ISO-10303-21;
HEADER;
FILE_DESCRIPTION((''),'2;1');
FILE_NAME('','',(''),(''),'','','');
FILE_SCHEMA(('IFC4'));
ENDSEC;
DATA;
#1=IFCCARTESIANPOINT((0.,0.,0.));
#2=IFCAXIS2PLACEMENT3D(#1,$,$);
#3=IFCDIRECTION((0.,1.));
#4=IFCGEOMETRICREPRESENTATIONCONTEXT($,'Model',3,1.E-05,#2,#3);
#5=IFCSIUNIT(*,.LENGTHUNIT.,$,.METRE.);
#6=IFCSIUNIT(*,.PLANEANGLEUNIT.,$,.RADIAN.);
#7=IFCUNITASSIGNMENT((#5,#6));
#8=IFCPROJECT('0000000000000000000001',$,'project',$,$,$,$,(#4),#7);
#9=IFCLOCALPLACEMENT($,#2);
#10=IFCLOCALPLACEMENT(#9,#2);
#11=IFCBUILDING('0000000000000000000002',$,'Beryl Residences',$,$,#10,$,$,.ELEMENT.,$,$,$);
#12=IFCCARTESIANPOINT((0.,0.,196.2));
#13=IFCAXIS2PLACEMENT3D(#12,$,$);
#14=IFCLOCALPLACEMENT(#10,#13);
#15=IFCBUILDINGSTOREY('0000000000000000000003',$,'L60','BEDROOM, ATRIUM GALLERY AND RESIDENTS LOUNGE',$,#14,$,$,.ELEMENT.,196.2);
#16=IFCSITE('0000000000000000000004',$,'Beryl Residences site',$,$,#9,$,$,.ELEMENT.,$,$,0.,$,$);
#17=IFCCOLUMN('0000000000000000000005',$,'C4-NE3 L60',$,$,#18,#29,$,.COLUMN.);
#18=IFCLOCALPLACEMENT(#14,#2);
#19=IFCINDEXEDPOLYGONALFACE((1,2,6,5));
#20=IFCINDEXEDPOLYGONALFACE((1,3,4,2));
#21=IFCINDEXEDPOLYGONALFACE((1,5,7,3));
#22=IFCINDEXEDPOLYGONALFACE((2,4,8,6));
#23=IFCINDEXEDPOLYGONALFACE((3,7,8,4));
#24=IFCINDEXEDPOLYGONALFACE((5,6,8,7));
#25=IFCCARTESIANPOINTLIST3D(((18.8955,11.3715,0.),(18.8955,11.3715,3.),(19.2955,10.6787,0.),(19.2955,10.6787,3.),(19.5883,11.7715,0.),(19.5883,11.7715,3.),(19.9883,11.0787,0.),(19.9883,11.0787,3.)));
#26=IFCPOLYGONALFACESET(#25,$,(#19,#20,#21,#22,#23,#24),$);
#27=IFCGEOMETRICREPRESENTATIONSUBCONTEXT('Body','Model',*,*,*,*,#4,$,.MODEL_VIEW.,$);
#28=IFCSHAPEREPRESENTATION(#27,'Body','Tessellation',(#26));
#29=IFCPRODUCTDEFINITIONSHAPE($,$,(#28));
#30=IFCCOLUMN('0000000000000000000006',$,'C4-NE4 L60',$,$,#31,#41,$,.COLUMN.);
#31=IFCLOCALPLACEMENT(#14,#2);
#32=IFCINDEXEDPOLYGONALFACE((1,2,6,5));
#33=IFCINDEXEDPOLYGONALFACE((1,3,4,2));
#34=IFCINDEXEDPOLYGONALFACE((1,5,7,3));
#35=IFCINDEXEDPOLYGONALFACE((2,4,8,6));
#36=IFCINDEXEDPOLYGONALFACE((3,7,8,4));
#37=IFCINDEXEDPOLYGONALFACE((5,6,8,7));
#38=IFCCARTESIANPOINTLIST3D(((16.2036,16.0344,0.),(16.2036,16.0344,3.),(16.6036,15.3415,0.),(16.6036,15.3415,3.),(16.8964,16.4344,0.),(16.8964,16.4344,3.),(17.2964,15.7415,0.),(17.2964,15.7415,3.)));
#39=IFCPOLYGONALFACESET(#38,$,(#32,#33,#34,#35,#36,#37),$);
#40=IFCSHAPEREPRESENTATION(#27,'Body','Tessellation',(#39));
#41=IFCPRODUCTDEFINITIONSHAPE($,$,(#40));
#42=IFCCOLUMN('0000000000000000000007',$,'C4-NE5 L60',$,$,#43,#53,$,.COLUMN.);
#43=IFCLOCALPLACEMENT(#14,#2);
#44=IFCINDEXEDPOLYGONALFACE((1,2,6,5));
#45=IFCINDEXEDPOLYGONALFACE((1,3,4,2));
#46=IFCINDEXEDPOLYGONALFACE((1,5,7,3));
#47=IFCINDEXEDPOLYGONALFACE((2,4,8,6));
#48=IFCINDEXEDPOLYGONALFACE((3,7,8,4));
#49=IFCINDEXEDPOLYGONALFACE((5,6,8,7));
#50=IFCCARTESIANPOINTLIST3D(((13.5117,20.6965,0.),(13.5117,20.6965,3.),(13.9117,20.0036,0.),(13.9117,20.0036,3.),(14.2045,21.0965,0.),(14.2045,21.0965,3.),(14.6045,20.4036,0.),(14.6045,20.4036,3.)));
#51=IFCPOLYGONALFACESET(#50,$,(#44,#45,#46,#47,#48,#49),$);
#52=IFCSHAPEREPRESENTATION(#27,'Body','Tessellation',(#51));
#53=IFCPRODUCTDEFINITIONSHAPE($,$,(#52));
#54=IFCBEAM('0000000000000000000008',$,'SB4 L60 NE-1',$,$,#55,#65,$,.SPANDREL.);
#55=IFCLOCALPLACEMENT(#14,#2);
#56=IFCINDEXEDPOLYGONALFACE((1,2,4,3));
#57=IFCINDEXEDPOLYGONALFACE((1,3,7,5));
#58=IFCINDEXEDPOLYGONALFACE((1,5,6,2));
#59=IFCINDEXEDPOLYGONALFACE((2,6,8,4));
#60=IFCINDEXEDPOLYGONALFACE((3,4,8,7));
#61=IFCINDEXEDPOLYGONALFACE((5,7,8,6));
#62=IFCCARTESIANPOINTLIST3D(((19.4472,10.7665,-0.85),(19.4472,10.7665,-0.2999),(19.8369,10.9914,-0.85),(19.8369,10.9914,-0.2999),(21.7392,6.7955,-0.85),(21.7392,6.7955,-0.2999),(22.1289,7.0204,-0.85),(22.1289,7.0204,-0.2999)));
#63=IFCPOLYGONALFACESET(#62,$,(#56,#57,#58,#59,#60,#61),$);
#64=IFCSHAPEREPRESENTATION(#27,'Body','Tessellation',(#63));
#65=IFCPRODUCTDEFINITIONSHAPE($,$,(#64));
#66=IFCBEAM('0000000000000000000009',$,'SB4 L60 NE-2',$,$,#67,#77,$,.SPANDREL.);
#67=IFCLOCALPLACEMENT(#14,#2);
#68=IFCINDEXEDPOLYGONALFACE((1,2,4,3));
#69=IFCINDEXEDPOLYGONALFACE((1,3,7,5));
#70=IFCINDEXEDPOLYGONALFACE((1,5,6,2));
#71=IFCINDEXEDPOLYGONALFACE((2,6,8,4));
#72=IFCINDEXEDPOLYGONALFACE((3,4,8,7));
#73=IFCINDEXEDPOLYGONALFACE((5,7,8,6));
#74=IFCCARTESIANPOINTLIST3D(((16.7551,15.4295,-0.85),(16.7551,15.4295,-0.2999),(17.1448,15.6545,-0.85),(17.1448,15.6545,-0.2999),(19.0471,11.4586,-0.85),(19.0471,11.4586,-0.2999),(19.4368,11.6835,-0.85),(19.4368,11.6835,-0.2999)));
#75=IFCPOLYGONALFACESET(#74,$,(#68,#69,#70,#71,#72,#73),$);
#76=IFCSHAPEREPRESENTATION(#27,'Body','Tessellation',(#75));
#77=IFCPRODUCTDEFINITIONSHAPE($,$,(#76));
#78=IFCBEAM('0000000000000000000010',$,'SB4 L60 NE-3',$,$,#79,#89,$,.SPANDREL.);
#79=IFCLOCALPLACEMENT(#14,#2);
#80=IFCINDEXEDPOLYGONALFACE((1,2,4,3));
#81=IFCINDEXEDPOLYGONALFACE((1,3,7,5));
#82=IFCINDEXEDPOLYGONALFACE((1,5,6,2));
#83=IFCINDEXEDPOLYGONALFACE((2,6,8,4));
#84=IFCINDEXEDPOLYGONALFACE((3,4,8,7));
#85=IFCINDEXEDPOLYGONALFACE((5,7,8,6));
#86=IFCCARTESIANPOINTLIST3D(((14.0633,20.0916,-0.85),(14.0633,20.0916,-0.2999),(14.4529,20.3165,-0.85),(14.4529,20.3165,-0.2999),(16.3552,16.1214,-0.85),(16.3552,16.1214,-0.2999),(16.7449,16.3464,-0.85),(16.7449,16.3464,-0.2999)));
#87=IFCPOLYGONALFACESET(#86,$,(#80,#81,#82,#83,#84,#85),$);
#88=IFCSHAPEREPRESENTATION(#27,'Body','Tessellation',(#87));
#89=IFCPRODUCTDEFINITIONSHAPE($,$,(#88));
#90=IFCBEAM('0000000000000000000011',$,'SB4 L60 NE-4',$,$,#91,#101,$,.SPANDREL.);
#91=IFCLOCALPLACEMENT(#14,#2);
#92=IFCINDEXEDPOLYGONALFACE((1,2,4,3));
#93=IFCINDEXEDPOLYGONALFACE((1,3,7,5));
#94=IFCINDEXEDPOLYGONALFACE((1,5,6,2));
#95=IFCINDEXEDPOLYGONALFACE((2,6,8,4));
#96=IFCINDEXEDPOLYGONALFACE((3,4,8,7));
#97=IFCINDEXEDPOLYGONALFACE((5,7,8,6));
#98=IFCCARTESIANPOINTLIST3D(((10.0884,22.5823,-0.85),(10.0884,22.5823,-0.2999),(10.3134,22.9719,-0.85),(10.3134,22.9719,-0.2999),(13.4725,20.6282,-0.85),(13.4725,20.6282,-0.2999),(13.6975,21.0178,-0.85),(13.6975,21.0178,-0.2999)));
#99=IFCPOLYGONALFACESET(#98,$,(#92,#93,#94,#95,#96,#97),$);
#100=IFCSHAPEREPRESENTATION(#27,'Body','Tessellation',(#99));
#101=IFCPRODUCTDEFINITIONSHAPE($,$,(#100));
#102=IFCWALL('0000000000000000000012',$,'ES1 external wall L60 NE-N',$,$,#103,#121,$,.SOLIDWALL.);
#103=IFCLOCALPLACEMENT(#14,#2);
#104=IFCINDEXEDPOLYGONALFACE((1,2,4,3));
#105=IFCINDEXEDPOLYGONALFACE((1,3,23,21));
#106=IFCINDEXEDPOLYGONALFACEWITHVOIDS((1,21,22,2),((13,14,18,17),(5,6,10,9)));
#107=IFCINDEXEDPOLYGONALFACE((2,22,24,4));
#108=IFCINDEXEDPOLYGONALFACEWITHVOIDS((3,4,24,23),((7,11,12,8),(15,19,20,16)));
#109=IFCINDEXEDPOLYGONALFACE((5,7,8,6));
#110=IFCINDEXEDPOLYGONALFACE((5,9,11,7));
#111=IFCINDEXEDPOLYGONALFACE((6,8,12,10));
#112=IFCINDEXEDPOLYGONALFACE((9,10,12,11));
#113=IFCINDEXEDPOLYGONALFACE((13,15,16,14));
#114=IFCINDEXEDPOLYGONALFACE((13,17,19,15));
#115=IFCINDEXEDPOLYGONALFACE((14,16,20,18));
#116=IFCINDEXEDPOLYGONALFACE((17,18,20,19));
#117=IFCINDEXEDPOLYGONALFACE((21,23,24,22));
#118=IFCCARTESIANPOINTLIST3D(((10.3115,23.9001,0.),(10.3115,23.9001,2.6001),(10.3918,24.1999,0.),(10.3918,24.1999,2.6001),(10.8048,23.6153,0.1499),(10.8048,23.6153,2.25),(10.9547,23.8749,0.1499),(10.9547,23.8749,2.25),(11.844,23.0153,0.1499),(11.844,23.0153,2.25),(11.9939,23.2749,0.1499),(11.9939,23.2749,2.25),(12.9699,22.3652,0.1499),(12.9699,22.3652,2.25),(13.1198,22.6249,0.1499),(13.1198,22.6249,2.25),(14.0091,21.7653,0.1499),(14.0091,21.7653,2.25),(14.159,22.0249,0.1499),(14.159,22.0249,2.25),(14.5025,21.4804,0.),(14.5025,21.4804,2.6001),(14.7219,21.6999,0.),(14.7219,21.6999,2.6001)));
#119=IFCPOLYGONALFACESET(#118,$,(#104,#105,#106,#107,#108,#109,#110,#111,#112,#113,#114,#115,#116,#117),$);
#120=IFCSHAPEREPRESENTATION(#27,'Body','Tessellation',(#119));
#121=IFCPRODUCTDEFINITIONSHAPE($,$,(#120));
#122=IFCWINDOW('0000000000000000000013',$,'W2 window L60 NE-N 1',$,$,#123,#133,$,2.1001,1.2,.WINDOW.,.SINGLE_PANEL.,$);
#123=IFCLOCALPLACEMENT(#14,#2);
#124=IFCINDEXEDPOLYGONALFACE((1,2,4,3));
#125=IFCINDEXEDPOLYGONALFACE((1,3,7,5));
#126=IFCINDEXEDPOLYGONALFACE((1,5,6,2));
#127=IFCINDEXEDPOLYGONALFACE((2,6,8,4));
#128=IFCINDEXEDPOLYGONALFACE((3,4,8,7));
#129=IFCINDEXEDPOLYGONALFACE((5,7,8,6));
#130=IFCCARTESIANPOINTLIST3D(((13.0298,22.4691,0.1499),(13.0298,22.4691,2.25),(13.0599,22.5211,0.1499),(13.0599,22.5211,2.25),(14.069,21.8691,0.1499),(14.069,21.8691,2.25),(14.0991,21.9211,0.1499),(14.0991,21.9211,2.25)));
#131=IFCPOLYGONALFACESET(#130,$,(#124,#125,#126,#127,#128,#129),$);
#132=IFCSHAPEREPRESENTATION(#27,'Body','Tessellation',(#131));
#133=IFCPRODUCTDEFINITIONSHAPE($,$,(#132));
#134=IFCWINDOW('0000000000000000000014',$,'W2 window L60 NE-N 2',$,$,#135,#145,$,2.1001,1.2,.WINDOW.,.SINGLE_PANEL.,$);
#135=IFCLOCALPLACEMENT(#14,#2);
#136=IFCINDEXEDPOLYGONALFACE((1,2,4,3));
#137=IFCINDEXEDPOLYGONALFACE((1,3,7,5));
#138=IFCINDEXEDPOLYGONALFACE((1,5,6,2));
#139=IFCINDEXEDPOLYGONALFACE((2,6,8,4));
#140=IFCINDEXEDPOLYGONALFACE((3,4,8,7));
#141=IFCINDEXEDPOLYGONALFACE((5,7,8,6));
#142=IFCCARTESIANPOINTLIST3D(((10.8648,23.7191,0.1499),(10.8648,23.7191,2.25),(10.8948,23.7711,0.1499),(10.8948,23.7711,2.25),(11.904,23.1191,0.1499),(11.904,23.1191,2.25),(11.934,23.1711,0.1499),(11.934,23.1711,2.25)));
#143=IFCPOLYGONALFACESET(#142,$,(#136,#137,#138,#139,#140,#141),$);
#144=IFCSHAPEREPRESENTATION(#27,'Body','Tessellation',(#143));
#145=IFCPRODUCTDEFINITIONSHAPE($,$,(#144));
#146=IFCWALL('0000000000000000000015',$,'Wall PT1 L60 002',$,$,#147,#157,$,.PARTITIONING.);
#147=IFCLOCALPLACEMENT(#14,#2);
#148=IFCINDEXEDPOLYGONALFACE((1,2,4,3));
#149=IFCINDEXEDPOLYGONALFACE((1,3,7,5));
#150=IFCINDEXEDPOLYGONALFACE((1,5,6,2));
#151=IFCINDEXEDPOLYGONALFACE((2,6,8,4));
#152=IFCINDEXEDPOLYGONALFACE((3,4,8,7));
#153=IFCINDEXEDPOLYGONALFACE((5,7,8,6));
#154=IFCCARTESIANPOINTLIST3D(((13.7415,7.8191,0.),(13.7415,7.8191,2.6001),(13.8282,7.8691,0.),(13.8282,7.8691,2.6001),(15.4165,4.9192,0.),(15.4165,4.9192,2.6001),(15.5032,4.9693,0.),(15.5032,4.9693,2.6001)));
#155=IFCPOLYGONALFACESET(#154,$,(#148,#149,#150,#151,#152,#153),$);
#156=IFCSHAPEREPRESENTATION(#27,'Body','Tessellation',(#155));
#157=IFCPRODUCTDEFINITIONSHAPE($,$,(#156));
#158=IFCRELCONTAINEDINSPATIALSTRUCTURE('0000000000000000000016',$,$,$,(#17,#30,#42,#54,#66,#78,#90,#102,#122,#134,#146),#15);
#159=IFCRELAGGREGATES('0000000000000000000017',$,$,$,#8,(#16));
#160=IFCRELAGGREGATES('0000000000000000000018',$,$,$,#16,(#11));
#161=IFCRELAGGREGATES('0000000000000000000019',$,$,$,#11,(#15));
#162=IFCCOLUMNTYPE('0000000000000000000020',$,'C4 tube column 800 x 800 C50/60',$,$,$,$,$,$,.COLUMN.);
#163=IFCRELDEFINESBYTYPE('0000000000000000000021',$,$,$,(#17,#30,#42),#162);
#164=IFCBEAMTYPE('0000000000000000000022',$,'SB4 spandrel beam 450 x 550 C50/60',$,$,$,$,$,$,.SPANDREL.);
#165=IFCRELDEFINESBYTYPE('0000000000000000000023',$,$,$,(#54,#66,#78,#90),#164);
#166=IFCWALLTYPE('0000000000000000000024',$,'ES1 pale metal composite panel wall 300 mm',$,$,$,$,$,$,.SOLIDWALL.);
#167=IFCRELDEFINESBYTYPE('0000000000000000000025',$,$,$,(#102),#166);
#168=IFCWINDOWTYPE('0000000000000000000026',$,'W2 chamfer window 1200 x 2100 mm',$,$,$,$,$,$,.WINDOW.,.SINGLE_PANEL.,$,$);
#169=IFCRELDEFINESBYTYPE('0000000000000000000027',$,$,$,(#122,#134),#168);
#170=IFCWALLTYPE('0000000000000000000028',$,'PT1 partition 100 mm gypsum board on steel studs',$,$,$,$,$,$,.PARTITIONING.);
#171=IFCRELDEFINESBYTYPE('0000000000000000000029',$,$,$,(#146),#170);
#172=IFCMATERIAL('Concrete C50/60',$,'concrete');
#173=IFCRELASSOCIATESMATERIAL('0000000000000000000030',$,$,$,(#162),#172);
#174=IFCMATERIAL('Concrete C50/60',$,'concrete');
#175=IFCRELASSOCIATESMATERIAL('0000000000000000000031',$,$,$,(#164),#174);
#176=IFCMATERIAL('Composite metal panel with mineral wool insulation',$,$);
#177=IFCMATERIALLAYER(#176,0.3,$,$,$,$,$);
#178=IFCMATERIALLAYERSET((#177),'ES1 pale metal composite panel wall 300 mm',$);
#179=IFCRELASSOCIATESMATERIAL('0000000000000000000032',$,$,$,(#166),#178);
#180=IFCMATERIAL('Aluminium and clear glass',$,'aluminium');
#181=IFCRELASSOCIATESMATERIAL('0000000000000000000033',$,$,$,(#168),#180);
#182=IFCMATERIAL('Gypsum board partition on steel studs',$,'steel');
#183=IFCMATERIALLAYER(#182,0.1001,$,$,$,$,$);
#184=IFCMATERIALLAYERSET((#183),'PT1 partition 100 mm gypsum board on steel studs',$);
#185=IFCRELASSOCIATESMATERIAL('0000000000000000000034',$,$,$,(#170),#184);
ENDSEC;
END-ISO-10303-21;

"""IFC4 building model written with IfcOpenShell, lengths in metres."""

from ifc_helpers import new_model, si_unit, direction, frame, frame_2d, origin, origin_2d, place, context, subcontext, project, spatial, polyline, rectangle, outline, extrude, material, layer, layer_set, material_profile, profile_set, type_object, element, fill, save


model = new_model("IFC4")

# Units and contexts
model_context = context("Model", 3, precision=1e-05, world=origin(), true_north=direction((0.0, 1.0)))
body_context = subcontext(model_context, "Body", "Model", "MODEL_VIEW")
ifc_project = project(units=[si_unit("LENGTHUNIT", "METRE"), si_unit("PLANEANGLEUNIT", "RADIAN")], contexts=[model_context])

# Site, building, storey
site_placement = place(None, origin())
site = spatial("IfcSite", under=ifc_project, at=site_placement, Name="Beryl Residences site", CompositionType="ELEMENT", RefElevation=0.0)
building_placement = place(site_placement, origin())
building = spatial("IfcBuilding", under=site, at=building_placement, Name="Beryl Residences", CompositionType="ELEMENT")
storey_placement = place(building_placement, frame((0.0, 0.0, 196.2)))
storey = spatial("IfcBuildingStorey", under=building, at=storey_placement, Name="L60", Description="BEDROOM, ATRIUM GALLERY AND RESIDENTS LOUNGE", CompositionType="ELEMENT", Elevation=196.2)

# Columns
ifc_material_1 = material(Name="Concrete C50/60", Category="concrete")
ifc_material_profile_1 = material_profile(ifc_material_1, rectangle(XDim=0.8, YDim=0.8, at=origin_2d()))
ifc_profile_set_1 = profile_set([ifc_material_profile_1], Name="Concrete C50/60")
column_type = type_object("IfcColumnType", Name="C4 tube column 800 x 800 C50/60", PredefinedType="COLUMN", material=ifc_profile_set_1)
for number, where, z_axis, x_axis, name in (
    (1, (19.4419, 11.2251, 0.0), (0.0, 0.0, 1.0), (-0.5, 0.866025, 0.0), "C4-NE3 L60"),
    (2, (16.75, 15.8879, 0.0), (0.0, 0.0, 1.0), (-0.5, 0.866025, 0.0), "C4-NE4 L60"),
    (3, (14.0581, 20.55, 0.0), (0.0, 0.0, 1.0), (-0.5, 0.866025, 0.0), "C4-NE5 L60"),
):
    element("IfcColumn", number, at=place(storey_placement, frame(where, z_axis=z_axis, x_axis=x_axis)), inside=storey, type_object=column_type, Name=name, PredefinedType="COLUMN", context=body_context, shape_type="SweptSolid", body=[
        extrude(rectangle(XDim=0.8, YDim=0.8, at=origin_2d()), origin(), (0.0, 0.0, 1.0), 3.0),
    ])

# Beams
ifc_material_2 = material(Name="Concrete C50/60", Category="concrete")
ifc_material_profile_2 = material_profile(ifc_material_2, rectangle(XDim=0.45, YDim=0.55, at=origin_2d()))
ifc_profile_set_2 = profile_set([ifc_material_profile_2], Name="Concrete C50/60")
beam_type = type_object("IfcBeamType", Name="SB4 spandrel beam 450 x 550 C50/60", PredefinedType="SPANDREL", material=ifc_profile_set_2)
for number, where, z_axis, x_axis, name in (
    (4, (21.9341, 6.908, -0.575), (-0.499896, 0.866085, 0.0), (-0.866085, -0.499896, 0.0), "SB4 L60 NE-1"),
    (5, (19.2419, 11.571, -0.575), (-0.499896, 0.866085, 0.0), (-0.866085, -0.499896, 0.0), "SB4 L60 NE-2"),
):
    element("IfcBeam", number, at=place(storey_placement, frame(where, z_axis=z_axis, x_axis=x_axis)), inside=storey, type_object=beam_type, Name=name, PredefinedType="SPANDREL", context=body_context, shape_type="SweptSolid", body=[
        extrude(rectangle(XDim=0.45, YDim=0.55, at=origin_2d()), origin(), (0.0, 0.0, 1.0), 4.585),
    ])
beam_1_placement = place(storey_placement, frame((16.55, 16.2339, -0.575), z_axis=(-0.499965, 0.866045, 0.0), x_axis=(-0.866045, -0.499965, 0.0)))
element("IfcBeam", 6, at=beam_1_placement, inside=storey, type_object=beam_type, Name="SB4 L60 NE-3", PredefinedType="SPANDREL", context=body_context, shape_type="SweptSolid", body=[
    extrude(rectangle(XDim=0.45, YDim=0.55, at=origin_2d()), origin(), (0.0, 0.0, 1.0), 4.5842),
])
beam_2_placement = place(storey_placement, frame((13.585, 20.823, -0.575), z_axis=(-0.865989, 0.500063, 0.0), x_axis=(-0.500063, -0.865989, 0.0)))
element("IfcBeam", 7, at=beam_2_placement, inside=storey, type_object=beam_type, Name="SB4 L60 NE-4", PredefinedType="SPANDREL", context=body_context, shape_type="SweptSolid", body=[
    extrude(rectangle(XDim=0.45, YDim=0.55, at=origin_2d()), origin(), (0.0, 0.0, 1.0), 3.9077),
])

# Wall, openings, windows
ifc_material_3 = material(Name="Composite metal panel with mineral wool insulation")
ifc_layer_1 = layer(ifc_material_3, 0.3)
ifc_layer_set_1 = layer_set([ifc_layer_1], Name="ES1 pale metal composite panel wall 300 mm")
wall_type_1 = type_object("IfcWallType", Name="ES1 pale metal composite panel wall 300 mm", PredefinedType="SOLIDWALL", material=ifc_layer_set_1)
wall_1_placement = place(storey_placement, frame((14.647, 21.5701, 0.0), z_axis=(0.0, 0.0, 1.0), x_axis=(-0.866023, 0.500004, 0.0)))
wall_1 = element("IfcWall", 8, at=wall_1_placement, inside=storey, type_object=wall_type_1, Name="ES1 external wall L60 NE-N", PredefinedType="SOLIDWALL", context=body_context, shape_type="SweptSolid", body=[
    extrude(outline(polyline([(0.0, -0.1499), (5.0, -0.1499), (4.9197, 0.1499), (0.0803, 0.1499), (0.0, -0.1499)])), origin(), (0.0, 0.0, 1.0), 2.6001),
])
opening_1_placement = place(wall_1_placement, frame((0.6499, 0.0, 0.1499)))
opening_1 = element("IfcOpeningElement", 9, at=opening_1_placement, cuts=wall_1, PredefinedType="OPENING", context=body_context, shape_type="SweptSolid", body=[
    extrude(rectangle(XDim=1.2, YDim=2.1001, at=frame_2d((0.6001, 1.05))), frame((0.0, 0.1599, 0.0), z_axis=(0.0, -1.0, 0.0), x_axis=(1.0, 0.0, 0.0)), (0.0, 0.0, 1.0), 0.3201),
])
opening_2_placement = place(wall_1_placement, frame((3.1499, 0.0, 0.1499)))
opening_2 = element("IfcOpeningElement", 10, at=opening_2_placement, cuts=wall_1, PredefinedType="OPENING", context=body_context, shape_type="SweptSolid", body=[
    extrude(rectangle(XDim=1.2, YDim=2.1001, at=frame_2d((0.6001, 1.05))), frame((0.0, 0.1599, 0.0), z_axis=(0.0, -1.0, 0.0), x_axis=(1.0, 0.0, 0.0)), (0.0, 0.0, 1.0), 0.3201),
])
ifc_material_4 = material(Name="Aluminium and clear glass", Category="aluminium")
window_type = type_object("IfcWindowType", Name="W2 chamfer window 1200 x 2100 mm", PartitioningType="SINGLE_PANEL", PredefinedType="WINDOW", material=ifc_material_4)
window_1_placement = place(opening_1_placement, origin())
window_1 = element("IfcWindow", 11, at=window_1_placement, inside=storey, type_object=window_type, Name="W2 window L60 NE-N 1", OverallHeight=2.1001, OverallWidth=1.2, PartitioningType="SINGLE_PANEL", PredefinedType="WINDOW", context=body_context, shape_type="SweptSolid", body=[
    extrude(rectangle(XDim=1.2, YDim=2.1001, at=frame_2d((0.6001, 1.05))), frame((0.0, 0.03, 0.0), z_axis=(0.0, -1.0, 0.0), x_axis=(1.0, 0.0, 0.0)), (0.0, 0.0, 1.0), 0.0601),
])
fill(opening_1, window_1)
window_2_placement = place(opening_2_placement, origin())
window_2 = element("IfcWindow", 12, at=window_2_placement, inside=storey, type_object=window_type, Name="W2 window L60 NE-N 2", OverallHeight=2.1001, OverallWidth=1.2, PartitioningType="SINGLE_PANEL", PredefinedType="WINDOW", context=body_context, shape_type="SweptSolid", body=[
    extrude(rectangle(XDim=1.2, YDim=2.1001, at=frame_2d((0.6001, 1.05))), frame((0.0, 0.03, 0.0), z_axis=(0.0, -1.0, 0.0), x_axis=(1.0, 0.0, 0.0)), (0.0, 0.0, 1.0), 0.0601),
])
fill(opening_2, window_2)

# Wall
ifc_material_5 = material(Name="Gypsum board partition on steel studs", Category="steel")
ifc_layer_2 = layer(ifc_material_5, 0.1001)
ifc_layer_set_2 = layer_set([ifc_layer_2], Name="PT1 partition 100 mm gypsum board on steel studs")
wall_type_2 = type_object("IfcWallType", Name="PT1 partition 100 mm gypsum board on steel studs", PredefinedType="PARTITIONING", material=ifc_layer_set_2)
wall_2_placement = place(storey_placement, frame((13.7849, 7.844, 0.0), z_axis=(0.0, 0.0, 1.0), x_axis=(0.500177, -0.865923, 0.0)))
element("IfcWall", 13, at=wall_2_placement, inside=storey, type_object=wall_type_2, Name="Wall PT1 L60 002", PredefinedType="PARTITIONING", context=body_context, shape_type="SweptSolid", body=[
    extrude(rectangle(XDim=3.3489, YDim=0.1001, at=frame_2d((1.6743, 0.0))), origin(), (0.0, 0.0, 1.0), 2.6001),
])

save(model, "model.ifc")
